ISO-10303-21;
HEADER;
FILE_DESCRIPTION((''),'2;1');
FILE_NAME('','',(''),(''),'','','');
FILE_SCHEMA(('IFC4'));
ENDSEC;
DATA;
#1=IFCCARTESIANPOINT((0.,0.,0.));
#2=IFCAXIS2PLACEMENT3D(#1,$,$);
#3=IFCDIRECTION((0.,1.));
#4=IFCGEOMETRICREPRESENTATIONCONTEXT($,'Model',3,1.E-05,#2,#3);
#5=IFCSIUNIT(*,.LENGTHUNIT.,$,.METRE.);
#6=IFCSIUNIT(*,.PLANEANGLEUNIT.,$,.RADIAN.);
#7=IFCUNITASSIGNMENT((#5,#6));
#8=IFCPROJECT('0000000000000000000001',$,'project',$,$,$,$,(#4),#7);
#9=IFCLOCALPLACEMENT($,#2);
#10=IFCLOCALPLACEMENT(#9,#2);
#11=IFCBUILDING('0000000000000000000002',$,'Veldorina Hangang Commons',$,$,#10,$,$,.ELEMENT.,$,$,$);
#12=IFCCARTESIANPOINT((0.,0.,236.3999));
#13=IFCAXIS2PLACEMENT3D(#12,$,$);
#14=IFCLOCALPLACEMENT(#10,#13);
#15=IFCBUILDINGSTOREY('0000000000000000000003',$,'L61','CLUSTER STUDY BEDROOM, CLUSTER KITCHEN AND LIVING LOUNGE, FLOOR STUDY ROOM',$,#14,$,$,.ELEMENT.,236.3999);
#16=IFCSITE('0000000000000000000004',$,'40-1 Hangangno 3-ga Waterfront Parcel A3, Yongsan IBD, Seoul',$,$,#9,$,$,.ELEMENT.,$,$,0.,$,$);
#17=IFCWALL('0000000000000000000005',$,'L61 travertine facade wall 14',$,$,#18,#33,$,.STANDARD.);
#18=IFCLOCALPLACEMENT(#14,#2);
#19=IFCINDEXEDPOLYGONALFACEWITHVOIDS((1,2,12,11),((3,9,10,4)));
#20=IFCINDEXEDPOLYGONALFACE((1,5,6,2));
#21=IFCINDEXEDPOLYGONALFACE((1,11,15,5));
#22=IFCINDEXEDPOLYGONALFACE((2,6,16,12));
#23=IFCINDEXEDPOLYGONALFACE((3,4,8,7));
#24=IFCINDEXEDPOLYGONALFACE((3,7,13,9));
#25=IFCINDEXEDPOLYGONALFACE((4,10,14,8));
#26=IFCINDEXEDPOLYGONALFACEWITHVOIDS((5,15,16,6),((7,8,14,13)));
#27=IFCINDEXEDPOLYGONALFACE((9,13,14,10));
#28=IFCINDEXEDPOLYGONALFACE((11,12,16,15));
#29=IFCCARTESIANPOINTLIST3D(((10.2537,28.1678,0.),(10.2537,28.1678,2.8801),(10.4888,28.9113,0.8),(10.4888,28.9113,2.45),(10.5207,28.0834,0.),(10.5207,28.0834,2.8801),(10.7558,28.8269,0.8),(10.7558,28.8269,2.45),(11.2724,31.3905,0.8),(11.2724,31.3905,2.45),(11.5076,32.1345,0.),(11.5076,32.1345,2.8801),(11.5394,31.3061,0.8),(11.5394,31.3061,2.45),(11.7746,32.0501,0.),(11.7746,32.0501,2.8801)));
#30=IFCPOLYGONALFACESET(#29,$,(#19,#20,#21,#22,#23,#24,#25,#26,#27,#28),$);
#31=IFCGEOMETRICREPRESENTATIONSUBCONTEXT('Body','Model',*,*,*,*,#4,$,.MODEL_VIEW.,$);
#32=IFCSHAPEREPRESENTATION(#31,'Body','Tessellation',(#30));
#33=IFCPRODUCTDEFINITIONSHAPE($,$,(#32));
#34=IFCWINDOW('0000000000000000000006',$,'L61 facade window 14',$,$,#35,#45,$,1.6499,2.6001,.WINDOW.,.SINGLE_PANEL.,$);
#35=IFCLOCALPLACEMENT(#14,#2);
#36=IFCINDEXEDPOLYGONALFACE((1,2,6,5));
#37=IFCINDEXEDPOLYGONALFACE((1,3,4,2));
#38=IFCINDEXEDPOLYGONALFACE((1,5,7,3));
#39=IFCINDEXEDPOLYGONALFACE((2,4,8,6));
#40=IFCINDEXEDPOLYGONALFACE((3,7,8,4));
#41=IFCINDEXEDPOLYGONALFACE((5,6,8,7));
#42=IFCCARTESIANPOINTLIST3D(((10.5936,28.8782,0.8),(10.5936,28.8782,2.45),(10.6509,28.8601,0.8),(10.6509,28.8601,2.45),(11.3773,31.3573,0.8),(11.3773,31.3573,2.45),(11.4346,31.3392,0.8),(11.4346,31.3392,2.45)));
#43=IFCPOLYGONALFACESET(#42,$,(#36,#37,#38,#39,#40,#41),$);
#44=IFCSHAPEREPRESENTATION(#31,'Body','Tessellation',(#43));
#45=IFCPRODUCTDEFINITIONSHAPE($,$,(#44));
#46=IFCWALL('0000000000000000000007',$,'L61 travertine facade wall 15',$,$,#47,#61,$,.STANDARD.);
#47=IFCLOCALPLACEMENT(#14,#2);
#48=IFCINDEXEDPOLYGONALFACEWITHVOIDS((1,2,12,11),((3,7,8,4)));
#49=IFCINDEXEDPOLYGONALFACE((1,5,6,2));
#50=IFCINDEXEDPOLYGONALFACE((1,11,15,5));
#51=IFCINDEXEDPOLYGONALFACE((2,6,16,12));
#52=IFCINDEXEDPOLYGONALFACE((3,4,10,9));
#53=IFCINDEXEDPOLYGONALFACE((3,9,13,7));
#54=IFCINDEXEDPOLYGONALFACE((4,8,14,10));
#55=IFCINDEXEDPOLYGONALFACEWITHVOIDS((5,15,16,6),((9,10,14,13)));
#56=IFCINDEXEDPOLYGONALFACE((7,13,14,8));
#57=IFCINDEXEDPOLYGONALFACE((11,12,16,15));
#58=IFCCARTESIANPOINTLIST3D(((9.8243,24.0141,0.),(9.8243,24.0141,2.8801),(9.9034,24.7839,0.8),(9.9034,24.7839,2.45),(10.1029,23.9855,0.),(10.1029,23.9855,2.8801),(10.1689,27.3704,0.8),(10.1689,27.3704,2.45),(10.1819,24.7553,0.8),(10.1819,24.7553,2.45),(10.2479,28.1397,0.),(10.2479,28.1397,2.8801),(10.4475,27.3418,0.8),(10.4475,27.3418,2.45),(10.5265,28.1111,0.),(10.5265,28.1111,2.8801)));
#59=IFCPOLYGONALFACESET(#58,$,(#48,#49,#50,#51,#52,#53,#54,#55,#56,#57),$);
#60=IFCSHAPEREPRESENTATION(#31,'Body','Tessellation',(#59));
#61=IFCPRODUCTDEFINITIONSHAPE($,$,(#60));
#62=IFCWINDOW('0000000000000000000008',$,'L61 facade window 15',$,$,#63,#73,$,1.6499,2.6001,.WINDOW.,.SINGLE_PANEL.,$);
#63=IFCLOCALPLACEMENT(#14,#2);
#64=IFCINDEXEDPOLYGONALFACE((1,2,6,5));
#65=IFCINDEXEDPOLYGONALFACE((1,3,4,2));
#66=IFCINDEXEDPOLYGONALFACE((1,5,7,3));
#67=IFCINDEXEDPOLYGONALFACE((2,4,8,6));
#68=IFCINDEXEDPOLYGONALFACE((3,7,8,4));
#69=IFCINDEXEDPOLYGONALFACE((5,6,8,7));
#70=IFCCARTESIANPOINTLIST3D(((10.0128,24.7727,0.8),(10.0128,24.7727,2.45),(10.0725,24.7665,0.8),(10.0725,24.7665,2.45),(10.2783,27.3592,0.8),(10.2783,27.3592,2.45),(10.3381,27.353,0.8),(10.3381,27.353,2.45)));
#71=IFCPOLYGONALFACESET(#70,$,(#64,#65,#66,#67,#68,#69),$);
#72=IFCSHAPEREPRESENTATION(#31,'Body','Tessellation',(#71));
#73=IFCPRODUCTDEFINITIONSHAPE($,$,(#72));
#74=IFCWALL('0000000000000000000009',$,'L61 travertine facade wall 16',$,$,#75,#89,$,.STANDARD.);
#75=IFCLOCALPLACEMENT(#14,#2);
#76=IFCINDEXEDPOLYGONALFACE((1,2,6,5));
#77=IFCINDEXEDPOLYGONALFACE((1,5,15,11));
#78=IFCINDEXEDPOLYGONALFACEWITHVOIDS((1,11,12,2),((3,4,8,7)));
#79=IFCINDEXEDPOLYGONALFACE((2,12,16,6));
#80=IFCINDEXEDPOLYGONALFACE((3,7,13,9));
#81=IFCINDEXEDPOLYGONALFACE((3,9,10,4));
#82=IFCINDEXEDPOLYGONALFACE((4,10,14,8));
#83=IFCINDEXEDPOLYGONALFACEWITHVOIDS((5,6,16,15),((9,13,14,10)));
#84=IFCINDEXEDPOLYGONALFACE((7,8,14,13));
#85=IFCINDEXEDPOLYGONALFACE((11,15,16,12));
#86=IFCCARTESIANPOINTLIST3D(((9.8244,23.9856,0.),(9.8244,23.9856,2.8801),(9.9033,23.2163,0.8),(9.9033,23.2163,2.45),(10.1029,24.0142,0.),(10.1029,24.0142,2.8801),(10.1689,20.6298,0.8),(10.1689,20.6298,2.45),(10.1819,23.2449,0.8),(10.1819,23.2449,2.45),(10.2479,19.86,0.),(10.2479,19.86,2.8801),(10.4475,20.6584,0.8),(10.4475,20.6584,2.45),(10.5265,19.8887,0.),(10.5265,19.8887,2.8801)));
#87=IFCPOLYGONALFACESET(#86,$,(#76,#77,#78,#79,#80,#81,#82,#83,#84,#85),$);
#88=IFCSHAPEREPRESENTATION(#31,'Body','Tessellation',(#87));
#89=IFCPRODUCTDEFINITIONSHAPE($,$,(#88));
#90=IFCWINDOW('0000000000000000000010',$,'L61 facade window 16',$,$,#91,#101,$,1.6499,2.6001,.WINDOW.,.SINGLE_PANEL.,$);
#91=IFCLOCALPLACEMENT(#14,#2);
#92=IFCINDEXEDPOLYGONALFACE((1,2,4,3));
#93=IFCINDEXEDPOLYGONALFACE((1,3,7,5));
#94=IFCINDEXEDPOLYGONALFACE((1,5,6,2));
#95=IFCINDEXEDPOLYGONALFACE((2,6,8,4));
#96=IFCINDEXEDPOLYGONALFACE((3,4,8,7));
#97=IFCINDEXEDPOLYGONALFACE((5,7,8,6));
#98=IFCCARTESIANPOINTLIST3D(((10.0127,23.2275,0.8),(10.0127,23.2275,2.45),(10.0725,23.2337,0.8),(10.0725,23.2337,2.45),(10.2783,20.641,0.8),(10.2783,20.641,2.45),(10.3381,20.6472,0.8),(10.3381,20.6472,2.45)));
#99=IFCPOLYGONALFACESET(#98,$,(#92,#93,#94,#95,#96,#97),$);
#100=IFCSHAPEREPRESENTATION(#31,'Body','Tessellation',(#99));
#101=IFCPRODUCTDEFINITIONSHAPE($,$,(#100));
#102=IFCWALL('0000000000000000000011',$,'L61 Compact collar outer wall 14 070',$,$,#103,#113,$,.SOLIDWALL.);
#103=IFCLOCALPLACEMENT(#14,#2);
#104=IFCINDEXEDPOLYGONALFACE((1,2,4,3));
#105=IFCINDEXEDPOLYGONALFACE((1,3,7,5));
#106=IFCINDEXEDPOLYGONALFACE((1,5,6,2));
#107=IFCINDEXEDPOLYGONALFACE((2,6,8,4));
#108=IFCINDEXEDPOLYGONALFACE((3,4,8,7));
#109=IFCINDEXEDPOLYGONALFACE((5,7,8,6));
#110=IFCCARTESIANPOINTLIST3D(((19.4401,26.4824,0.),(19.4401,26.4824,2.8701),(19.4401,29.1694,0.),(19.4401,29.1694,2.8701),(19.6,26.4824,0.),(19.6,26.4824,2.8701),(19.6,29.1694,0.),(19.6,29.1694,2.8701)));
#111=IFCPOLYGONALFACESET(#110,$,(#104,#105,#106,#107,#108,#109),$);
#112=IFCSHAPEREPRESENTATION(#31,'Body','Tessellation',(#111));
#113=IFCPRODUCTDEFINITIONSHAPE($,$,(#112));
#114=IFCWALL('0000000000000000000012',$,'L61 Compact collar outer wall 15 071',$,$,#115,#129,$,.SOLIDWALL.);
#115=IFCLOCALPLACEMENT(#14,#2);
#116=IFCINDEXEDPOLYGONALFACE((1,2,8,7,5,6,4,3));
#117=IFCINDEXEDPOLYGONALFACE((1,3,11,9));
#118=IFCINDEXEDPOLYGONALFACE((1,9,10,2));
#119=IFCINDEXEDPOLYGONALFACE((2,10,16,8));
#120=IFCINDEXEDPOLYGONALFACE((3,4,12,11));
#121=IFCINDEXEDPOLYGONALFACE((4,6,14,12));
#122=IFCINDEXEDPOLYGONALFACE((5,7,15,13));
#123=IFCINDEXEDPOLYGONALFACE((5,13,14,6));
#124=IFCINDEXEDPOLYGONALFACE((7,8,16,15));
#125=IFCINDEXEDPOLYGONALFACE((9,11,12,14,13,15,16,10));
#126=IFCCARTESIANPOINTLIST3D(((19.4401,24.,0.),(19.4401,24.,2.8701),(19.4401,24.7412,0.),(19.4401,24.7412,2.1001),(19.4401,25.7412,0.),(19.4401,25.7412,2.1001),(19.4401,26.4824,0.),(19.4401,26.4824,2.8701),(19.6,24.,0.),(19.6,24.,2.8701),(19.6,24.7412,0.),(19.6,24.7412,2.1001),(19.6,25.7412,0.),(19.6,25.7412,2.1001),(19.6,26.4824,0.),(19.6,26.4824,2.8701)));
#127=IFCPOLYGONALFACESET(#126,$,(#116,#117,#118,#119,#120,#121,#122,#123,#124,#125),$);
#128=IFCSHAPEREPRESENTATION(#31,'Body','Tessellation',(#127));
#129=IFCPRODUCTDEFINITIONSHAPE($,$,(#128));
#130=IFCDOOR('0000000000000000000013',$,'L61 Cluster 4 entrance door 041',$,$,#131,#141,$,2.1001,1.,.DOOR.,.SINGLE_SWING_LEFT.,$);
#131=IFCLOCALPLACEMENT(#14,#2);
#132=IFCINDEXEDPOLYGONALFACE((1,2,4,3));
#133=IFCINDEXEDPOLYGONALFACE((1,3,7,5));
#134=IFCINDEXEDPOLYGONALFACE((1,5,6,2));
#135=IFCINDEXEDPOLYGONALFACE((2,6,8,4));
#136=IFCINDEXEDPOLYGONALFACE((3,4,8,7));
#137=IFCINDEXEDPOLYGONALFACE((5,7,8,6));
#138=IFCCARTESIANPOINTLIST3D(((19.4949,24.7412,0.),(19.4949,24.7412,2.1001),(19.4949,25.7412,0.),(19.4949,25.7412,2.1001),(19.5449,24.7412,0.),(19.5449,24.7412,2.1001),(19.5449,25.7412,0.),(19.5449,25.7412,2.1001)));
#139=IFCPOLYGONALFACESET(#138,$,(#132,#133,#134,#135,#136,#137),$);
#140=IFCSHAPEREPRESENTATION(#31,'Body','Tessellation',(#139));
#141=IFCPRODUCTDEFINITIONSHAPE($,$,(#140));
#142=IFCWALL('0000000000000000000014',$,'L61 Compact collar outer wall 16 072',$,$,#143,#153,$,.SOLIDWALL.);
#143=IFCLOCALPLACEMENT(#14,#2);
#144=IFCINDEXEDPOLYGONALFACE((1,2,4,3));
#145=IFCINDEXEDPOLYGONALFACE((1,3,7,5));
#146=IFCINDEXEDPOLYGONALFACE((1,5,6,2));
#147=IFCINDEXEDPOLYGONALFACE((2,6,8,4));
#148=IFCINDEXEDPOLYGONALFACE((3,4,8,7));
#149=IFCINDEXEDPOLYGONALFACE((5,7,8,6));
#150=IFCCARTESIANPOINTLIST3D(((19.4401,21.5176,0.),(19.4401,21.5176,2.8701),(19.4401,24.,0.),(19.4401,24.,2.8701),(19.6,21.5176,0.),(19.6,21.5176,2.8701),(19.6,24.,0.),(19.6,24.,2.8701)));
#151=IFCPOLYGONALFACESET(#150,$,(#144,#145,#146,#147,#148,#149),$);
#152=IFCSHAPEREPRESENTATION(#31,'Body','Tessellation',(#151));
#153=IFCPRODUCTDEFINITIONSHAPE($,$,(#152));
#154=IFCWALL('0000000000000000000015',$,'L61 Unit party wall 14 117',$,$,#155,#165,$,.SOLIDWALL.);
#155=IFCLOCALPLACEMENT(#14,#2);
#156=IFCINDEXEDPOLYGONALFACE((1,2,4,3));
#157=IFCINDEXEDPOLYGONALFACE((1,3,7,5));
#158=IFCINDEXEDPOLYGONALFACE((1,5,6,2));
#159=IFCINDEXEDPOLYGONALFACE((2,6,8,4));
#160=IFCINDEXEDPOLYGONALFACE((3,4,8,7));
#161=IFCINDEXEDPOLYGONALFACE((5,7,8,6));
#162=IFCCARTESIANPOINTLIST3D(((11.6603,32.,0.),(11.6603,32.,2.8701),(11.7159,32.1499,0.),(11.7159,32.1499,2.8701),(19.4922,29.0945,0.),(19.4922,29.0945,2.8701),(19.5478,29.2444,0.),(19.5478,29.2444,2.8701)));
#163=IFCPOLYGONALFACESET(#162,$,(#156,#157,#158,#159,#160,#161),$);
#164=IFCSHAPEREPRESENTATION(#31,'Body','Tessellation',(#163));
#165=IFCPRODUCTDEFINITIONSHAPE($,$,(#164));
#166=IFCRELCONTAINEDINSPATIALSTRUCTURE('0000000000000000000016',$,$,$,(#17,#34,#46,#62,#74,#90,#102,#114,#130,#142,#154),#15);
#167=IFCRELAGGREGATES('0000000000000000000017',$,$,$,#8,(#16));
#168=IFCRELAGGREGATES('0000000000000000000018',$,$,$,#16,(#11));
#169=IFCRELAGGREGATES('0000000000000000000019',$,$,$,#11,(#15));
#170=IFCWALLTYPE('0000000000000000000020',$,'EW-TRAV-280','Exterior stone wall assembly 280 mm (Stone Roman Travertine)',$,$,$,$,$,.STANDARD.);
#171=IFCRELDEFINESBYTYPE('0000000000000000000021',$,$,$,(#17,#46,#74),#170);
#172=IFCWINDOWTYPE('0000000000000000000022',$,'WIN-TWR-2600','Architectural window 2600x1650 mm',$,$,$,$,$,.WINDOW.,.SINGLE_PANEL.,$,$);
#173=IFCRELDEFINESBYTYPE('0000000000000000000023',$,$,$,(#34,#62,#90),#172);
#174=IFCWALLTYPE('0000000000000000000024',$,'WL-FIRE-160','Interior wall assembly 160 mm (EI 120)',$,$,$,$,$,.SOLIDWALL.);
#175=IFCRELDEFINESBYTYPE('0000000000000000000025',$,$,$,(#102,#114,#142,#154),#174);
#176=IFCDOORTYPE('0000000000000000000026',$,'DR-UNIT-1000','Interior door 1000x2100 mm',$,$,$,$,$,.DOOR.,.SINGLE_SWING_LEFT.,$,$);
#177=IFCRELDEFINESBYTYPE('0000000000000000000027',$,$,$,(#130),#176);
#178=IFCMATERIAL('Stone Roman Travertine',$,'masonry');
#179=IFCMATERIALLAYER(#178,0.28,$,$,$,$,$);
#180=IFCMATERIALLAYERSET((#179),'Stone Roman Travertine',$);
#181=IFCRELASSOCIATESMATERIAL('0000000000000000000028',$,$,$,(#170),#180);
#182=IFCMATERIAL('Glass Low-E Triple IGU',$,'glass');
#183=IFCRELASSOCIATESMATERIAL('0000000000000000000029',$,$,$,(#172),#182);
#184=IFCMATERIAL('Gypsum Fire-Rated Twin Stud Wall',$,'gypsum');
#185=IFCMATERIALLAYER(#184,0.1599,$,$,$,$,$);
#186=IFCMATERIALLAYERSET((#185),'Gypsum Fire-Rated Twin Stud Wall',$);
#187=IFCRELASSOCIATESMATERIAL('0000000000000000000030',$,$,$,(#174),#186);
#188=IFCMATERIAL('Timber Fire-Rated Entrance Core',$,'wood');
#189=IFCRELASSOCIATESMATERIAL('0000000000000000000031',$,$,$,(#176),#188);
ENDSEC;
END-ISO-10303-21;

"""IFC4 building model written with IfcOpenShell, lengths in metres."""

from ifc_helpers import new_model, si_unit, direction, frame, frame_2d, origin, place, context, subcontext, project, spatial, rectangle, extrude, material, layer, layer_set, type_object, element, fill, save


model = new_model("IFC4")

# Units and contexts
model_context = context("Model", 3, precision=1e-05, world=origin(), true_north=direction((0.0, 1.0)))
body_context = subcontext(model_context, "Body", "Model", "MODEL_VIEW")
ifc_project = project(units=[si_unit("LENGTHUNIT", "METRE"), si_unit("PLANEANGLEUNIT", "RADIAN")], contexts=[model_context])

# Site, building, storey
site_placement = place(None, origin())
site = spatial("IfcSite", under=ifc_project, at=site_placement, Name="40-1 Hangangno 3-ga Waterfront Parcel A3, Yongsan IBD, Seoul", CompositionType="ELEMENT", RefElevation=0.0)
building_placement = place(site_placement, origin())
building = spatial("IfcBuilding", under=site, at=building_placement, Name="Veldorina Hangang Commons", CompositionType="ELEMENT")
storey_placement = place(building_placement, frame((0.0, 0.0, 236.3999)))
storey = spatial("IfcBuildingStorey", under=building, at=storey_placement, Name="L61", Description="CLUSTER STUDY BEDROOM, CLUSTER KITCHEN AND LIVING LOUNGE, FLOOR STUDY ROOM", CompositionType="ELEMENT", Elevation=236.3999)

# Walls, openings, windows
ifc_material_1 = material(Name="Stone Roman Travertine", Category="masonry")
ifc_layer_1 = layer(ifc_material_1, 0.28)
ifc_layer_set_1 = layer_set([ifc_layer_1], Name="Stone Roman Travertine")
wall_type_1 = type_object("IfcWallType", Name="EW-TRAV-280", Description="Exterior stone wall assembly 280 mm (Stone Roman Travertine)", PredefinedType="STANDARD", material=ifc_layer_set_1)
wall_1_placement = place(storey_placement, frame((11.6411, 32.0923, 0.0), z_axis=(0.0, 0.0, 1.0), x_axis=(-0.301401, -0.953497, 0.0)))
wall_1 = element("IfcWall", 1, at=wall_1_placement, inside=storey, type_object=wall_type_1, Name="L61 travertine facade wall 14", PredefinedType="STANDARD", context=body_context, shape_type="SweptSolid", body=[
    extrude(rectangle(XDim=4.1602, YDim=0.28, at=frame_2d((2.0801, 0.0))), origin(), (0.0, 0.0, 1.0), 2.8801),
])
opening_1_placement = place(wall_1_placement, frame((0.7803, 0.0, 0.8)))
opening_1 = element("IfcOpeningElement", 2, at=opening_1_placement, cuts=wall_1, PredefinedType="OPENING", context=body_context, shape_type="SweptSolid", body=[
    extrude(rectangle(XDim=2.6001, YDim=1.6499, at=frame_2d((1.3, 0.825))), frame((0.0, 0.1499, 0.0), z_axis=(0.0, -1.0, 0.0), x_axis=(1.0, 0.0, 0.0)), (0.0, 0.0, 1.0), 0.3),
])
ifc_material_2 = material(Name="Glass Low-E Triple IGU", Category="glass")
window_type = type_object("IfcWindowType", Name="WIN-TWR-2600", Description="Architectural window 2600x1650 mm", PartitioningType="SINGLE_PANEL", PredefinedType="WINDOW", material=ifc_material_2)
window_1_placement = place(opening_1_placement, origin())
window_1 = element("IfcWindow", 3, at=window_1_placement, inside=storey, type_object=window_type, Name="L61 facade window 14", OverallHeight=1.6499, OverallWidth=2.6001, PartitioningType="SINGLE_PANEL", PredefinedType="WINDOW", context=body_context, shape_type="SweptSolid", body=[
    extrude(rectangle(XDim=2.6001, YDim=1.6499, at=frame_2d((1.3, 0.825))), frame((0.0, 0.03, 0.0), z_axis=(0.0, -1.0, 0.0), x_axis=(1.0, 0.0, 0.0)), (0.0, 0.0, 1.0), 0.0601),
])
fill(opening_1, window_1)
wall_2_placement = place(storey_placement, frame((10.3872, 28.1255, 0.0), z_axis=(0.0, 0.0, 1.0), x_axis=(-0.102138, -0.99477, 0.0)))
wall_2 = element("IfcWall", 4, at=wall_2_placement, inside=storey, type_object=wall_type_1, Name="L61 travertine facade wall 15", PredefinedType="STANDARD", context=body_context, shape_type="SweptSolid", body=[
    extrude(rectangle(XDim=4.1472, YDim=0.28, at=frame_2d((2.0737, 0.0))), origin(), (0.0, 0.0, 1.0), 2.8801),
])
opening_2_placement = place(wall_2_placement, frame((0.7734, 0.0, 0.8)))
opening_2 = element("IfcOpeningElement", 5, at=opening_2_placement, cuts=wall_2, PredefinedType="OPENING", context=body_context, shape_type="SweptSolid", body=[
    extrude(rectangle(XDim=2.6001, YDim=1.6499, at=frame_2d((1.3, 0.825))), frame((0.0, 0.1499, 0.0), z_axis=(0.0, -1.0, 0.0), x_axis=(1.0, 0.0, 0.0)), (0.0, 0.0, 1.0), 0.3),
])
window_2_placement = place(opening_2_placement, origin())
window_2 = element("IfcWindow", 6, at=window_2_placement, inside=storey, type_object=window_type, Name="L61 facade window 15", OverallHeight=1.6499, OverallWidth=2.6001, PartitioningType="SINGLE_PANEL", PredefinedType="WINDOW", context=body_context, shape_type="SweptSolid", body=[
    extrude(rectangle(XDim=2.6001, YDim=1.6499, at=frame_2d((1.3, 0.825))), frame((0.0, 0.03, 0.0), z_axis=(0.0, -1.0, 0.0), x_axis=(1.0, 0.0, 0.0)), (0.0, 0.0, 1.0), 0.0601),
])
fill(opening_2, window_2)
wall_3_placement = place(storey_placement, frame((9.9636, 24.0, 0.0), z_axis=(0.0, 0.0, 1.0), x_axis=(0.102138, -0.99477, 0.0)))
wall_3 = element("IfcWall", 7, at=wall_3_placement, inside=storey, type_object=wall_type_1, Name="L61 travertine facade wall 16", PredefinedType="STANDARD", context=body_context, shape_type="SweptSolid", body=[
    extrude(rectangle(XDim=4.1472, YDim=0.28, at=frame_2d((2.0737, 0.0))), origin(), (0.0, 0.0, 1.0), 2.8801),
])
opening_3_placement = place(wall_3_placement, frame((0.7734, 0.0, 0.8)))
opening_3 = element("IfcOpeningElement", 8, at=opening_3_placement, cuts=wall_3, PredefinedType="OPENING", context=body_context, shape_type="SweptSolid", body=[
    extrude(rectangle(XDim=2.6001, YDim=1.6499, at=frame_2d((1.3, 0.825))), frame((0.0, 0.1499, 0.0), z_axis=(0.0, -1.0, 0.0), x_axis=(1.0, 0.0, 0.0)), (0.0, 0.0, 1.0), 0.3),
])
window_3_placement = place(opening_3_placement, origin())
window_3 = element("IfcWindow", 9, at=window_3_placement, inside=storey, type_object=window_type, Name="L61 facade window 16", OverallHeight=1.6499, OverallWidth=2.6001, PartitioningType="SINGLE_PANEL", PredefinedType="WINDOW", context=body_context, shape_type="SweptSolid", body=[
    extrude(rectangle(XDim=2.6001, YDim=1.6499, at=frame_2d((1.3, 0.825))), frame((0.0, 0.03, 0.0), z_axis=(0.0, -1.0, 0.0), x_axis=(1.0, 0.0, 0.0)), (0.0, 0.0, 1.0), 0.0601),
])
fill(opening_3, window_3)

# Wall
ifc_material_3 = material(Name="Gypsum Fire-Rated Twin Stud Wall", Category="gypsum")
ifc_layer_2 = layer(ifc_material_3, 0.1599)
ifc_layer_set_2 = layer_set([ifc_layer_2], Name="Gypsum Fire-Rated Twin Stud Wall")
wall_type_2 = type_object("IfcWallType", Name="WL-FIRE-160", Description="Interior wall assembly 160 mm (EI 120)", PredefinedType="SOLIDWALL", material=ifc_layer_set_2)
wall_4_placement = place(storey_placement, frame((19.52, 29.1694, 0.0), z_axis=(0.0, 0.0, 1.0), x_axis=(0.0, -1.0, 0.0)))
element("IfcWall", 10, at=wall_4_placement, inside=storey, type_object=wall_type_2, Name="L61 Compact collar outer wall 14 070", PredefinedType="SOLIDWALL", context=body_context, shape_type="SweptSolid", body=[
    extrude(rectangle(XDim=2.687, YDim=0.1599, at=frame_2d((1.3435, 0.0))), origin(), (0.0, 0.0, 1.0), 2.8701),
])

# Wall, opening, door
wall_5_placement = place(storey_placement, frame((19.52, 26.4824, 0.0), z_axis=(0.0, 0.0, 1.0), x_axis=(0.0, -1.0, 0.0)))
wall_5 = element("IfcWall", 11, at=wall_5_placement, inside=storey, type_object=wall_type_2, Name="L61 Compact collar outer wall 15 071", PredefinedType="SOLIDWALL", context=body_context, shape_type="SweptSolid", body=[
    extrude(rectangle(XDim=2.4824, YDim=0.1599, at=frame_2d((1.2412, 0.0))), origin(), (0.0, 0.0, 1.0), 2.8701),
])
opening_4_placement = place(wall_5_placement, frame((0.7412, 0.0, 0.0)))
opening_4 = element("IfcOpeningElement", 12, at=opening_4_placement, cuts=wall_5, PredefinedType="OPENING", context=body_context, shape_type="SweptSolid", body=[
    extrude(rectangle(XDim=1.0, YDim=2.1001, at=frame_2d((0.5, 1.05))), frame((0.0, 0.0898, 0.0), z_axis=(0.0, -1.0, 0.0), x_axis=(1.0, 0.0, 0.0)), (0.0, 0.0, 1.0), 0.1799),
])
ifc_material_4 = material(Name="Timber Fire-Rated Entrance Core", Category="wood")
door_type_1 = type_object("IfcDoorType", Name="DR-UNIT-1000", Description="Interior door 1000x2100 mm", OperationType="SINGLE_SWING_LEFT", PredefinedType="DOOR", material=ifc_material_4)
door_1_placement = place(opening_4_placement, origin())
door_1 = element("IfcDoor", 13, at=door_1_placement, inside=storey, type_object=door_type_1, Name="L61 Cluster 4 entrance door 041", OperationType="SINGLE_SWING_LEFT", OverallHeight=2.1001, OverallWidth=1.0, PredefinedType="DOOR", context=body_context, shape_type="SweptSolid", body=[
    extrude(rectangle(XDim=1.0, YDim=2.1001, at=frame_2d((0.5, 1.05))), frame((0.0, 0.0249, 0.0), z_axis=(0.0, -1.0, 0.0), x_axis=(1.0, 0.0, 0.0)), (0.0, 0.0, 1.0), 0.05),
])
fill(opening_4, door_1)

# Walls
wall_6_placement = place(storey_placement, frame((19.52, 24.0, 0.0), z_axis=(0.0, 0.0, 1.0), x_axis=(0.0, -1.0, 0.0)))
element("IfcWall", 14, at=wall_6_placement, inside=storey, type_object=wall_type_2, Name="L61 Compact collar outer wall 16 072", PredefinedType="SOLIDWALL", context=body_context, shape_type="SweptSolid", body=[
    extrude(rectangle(XDim=2.4824, YDim=0.1599, at=frame_2d((1.2412, 0.0))), origin(), (0.0, 0.0, 1.0), 2.8701),
])
wall_7_placement = place(storey_placement, frame((19.52, 29.1694, 0.0), z_axis=(0.0, 0.0, 1.0), x_axis=(-0.937563, 0.347816, 0.0)))
element("IfcWall", 15, at=wall_7_placement, inside=storey, type_object=wall_type_2, Name="L61 Unit party wall 14 117", PredefinedType="SOLIDWALL", context=body_context, shape_type="SweptSolid", body=[
    extrude(rectangle(XDim=8.3535, YDim=0.1599, at=frame_2d((4.1768, 0.0))), origin(), (0.0, 0.0, 1.0), 2.8701),
])

save(model, "model.ifc")
